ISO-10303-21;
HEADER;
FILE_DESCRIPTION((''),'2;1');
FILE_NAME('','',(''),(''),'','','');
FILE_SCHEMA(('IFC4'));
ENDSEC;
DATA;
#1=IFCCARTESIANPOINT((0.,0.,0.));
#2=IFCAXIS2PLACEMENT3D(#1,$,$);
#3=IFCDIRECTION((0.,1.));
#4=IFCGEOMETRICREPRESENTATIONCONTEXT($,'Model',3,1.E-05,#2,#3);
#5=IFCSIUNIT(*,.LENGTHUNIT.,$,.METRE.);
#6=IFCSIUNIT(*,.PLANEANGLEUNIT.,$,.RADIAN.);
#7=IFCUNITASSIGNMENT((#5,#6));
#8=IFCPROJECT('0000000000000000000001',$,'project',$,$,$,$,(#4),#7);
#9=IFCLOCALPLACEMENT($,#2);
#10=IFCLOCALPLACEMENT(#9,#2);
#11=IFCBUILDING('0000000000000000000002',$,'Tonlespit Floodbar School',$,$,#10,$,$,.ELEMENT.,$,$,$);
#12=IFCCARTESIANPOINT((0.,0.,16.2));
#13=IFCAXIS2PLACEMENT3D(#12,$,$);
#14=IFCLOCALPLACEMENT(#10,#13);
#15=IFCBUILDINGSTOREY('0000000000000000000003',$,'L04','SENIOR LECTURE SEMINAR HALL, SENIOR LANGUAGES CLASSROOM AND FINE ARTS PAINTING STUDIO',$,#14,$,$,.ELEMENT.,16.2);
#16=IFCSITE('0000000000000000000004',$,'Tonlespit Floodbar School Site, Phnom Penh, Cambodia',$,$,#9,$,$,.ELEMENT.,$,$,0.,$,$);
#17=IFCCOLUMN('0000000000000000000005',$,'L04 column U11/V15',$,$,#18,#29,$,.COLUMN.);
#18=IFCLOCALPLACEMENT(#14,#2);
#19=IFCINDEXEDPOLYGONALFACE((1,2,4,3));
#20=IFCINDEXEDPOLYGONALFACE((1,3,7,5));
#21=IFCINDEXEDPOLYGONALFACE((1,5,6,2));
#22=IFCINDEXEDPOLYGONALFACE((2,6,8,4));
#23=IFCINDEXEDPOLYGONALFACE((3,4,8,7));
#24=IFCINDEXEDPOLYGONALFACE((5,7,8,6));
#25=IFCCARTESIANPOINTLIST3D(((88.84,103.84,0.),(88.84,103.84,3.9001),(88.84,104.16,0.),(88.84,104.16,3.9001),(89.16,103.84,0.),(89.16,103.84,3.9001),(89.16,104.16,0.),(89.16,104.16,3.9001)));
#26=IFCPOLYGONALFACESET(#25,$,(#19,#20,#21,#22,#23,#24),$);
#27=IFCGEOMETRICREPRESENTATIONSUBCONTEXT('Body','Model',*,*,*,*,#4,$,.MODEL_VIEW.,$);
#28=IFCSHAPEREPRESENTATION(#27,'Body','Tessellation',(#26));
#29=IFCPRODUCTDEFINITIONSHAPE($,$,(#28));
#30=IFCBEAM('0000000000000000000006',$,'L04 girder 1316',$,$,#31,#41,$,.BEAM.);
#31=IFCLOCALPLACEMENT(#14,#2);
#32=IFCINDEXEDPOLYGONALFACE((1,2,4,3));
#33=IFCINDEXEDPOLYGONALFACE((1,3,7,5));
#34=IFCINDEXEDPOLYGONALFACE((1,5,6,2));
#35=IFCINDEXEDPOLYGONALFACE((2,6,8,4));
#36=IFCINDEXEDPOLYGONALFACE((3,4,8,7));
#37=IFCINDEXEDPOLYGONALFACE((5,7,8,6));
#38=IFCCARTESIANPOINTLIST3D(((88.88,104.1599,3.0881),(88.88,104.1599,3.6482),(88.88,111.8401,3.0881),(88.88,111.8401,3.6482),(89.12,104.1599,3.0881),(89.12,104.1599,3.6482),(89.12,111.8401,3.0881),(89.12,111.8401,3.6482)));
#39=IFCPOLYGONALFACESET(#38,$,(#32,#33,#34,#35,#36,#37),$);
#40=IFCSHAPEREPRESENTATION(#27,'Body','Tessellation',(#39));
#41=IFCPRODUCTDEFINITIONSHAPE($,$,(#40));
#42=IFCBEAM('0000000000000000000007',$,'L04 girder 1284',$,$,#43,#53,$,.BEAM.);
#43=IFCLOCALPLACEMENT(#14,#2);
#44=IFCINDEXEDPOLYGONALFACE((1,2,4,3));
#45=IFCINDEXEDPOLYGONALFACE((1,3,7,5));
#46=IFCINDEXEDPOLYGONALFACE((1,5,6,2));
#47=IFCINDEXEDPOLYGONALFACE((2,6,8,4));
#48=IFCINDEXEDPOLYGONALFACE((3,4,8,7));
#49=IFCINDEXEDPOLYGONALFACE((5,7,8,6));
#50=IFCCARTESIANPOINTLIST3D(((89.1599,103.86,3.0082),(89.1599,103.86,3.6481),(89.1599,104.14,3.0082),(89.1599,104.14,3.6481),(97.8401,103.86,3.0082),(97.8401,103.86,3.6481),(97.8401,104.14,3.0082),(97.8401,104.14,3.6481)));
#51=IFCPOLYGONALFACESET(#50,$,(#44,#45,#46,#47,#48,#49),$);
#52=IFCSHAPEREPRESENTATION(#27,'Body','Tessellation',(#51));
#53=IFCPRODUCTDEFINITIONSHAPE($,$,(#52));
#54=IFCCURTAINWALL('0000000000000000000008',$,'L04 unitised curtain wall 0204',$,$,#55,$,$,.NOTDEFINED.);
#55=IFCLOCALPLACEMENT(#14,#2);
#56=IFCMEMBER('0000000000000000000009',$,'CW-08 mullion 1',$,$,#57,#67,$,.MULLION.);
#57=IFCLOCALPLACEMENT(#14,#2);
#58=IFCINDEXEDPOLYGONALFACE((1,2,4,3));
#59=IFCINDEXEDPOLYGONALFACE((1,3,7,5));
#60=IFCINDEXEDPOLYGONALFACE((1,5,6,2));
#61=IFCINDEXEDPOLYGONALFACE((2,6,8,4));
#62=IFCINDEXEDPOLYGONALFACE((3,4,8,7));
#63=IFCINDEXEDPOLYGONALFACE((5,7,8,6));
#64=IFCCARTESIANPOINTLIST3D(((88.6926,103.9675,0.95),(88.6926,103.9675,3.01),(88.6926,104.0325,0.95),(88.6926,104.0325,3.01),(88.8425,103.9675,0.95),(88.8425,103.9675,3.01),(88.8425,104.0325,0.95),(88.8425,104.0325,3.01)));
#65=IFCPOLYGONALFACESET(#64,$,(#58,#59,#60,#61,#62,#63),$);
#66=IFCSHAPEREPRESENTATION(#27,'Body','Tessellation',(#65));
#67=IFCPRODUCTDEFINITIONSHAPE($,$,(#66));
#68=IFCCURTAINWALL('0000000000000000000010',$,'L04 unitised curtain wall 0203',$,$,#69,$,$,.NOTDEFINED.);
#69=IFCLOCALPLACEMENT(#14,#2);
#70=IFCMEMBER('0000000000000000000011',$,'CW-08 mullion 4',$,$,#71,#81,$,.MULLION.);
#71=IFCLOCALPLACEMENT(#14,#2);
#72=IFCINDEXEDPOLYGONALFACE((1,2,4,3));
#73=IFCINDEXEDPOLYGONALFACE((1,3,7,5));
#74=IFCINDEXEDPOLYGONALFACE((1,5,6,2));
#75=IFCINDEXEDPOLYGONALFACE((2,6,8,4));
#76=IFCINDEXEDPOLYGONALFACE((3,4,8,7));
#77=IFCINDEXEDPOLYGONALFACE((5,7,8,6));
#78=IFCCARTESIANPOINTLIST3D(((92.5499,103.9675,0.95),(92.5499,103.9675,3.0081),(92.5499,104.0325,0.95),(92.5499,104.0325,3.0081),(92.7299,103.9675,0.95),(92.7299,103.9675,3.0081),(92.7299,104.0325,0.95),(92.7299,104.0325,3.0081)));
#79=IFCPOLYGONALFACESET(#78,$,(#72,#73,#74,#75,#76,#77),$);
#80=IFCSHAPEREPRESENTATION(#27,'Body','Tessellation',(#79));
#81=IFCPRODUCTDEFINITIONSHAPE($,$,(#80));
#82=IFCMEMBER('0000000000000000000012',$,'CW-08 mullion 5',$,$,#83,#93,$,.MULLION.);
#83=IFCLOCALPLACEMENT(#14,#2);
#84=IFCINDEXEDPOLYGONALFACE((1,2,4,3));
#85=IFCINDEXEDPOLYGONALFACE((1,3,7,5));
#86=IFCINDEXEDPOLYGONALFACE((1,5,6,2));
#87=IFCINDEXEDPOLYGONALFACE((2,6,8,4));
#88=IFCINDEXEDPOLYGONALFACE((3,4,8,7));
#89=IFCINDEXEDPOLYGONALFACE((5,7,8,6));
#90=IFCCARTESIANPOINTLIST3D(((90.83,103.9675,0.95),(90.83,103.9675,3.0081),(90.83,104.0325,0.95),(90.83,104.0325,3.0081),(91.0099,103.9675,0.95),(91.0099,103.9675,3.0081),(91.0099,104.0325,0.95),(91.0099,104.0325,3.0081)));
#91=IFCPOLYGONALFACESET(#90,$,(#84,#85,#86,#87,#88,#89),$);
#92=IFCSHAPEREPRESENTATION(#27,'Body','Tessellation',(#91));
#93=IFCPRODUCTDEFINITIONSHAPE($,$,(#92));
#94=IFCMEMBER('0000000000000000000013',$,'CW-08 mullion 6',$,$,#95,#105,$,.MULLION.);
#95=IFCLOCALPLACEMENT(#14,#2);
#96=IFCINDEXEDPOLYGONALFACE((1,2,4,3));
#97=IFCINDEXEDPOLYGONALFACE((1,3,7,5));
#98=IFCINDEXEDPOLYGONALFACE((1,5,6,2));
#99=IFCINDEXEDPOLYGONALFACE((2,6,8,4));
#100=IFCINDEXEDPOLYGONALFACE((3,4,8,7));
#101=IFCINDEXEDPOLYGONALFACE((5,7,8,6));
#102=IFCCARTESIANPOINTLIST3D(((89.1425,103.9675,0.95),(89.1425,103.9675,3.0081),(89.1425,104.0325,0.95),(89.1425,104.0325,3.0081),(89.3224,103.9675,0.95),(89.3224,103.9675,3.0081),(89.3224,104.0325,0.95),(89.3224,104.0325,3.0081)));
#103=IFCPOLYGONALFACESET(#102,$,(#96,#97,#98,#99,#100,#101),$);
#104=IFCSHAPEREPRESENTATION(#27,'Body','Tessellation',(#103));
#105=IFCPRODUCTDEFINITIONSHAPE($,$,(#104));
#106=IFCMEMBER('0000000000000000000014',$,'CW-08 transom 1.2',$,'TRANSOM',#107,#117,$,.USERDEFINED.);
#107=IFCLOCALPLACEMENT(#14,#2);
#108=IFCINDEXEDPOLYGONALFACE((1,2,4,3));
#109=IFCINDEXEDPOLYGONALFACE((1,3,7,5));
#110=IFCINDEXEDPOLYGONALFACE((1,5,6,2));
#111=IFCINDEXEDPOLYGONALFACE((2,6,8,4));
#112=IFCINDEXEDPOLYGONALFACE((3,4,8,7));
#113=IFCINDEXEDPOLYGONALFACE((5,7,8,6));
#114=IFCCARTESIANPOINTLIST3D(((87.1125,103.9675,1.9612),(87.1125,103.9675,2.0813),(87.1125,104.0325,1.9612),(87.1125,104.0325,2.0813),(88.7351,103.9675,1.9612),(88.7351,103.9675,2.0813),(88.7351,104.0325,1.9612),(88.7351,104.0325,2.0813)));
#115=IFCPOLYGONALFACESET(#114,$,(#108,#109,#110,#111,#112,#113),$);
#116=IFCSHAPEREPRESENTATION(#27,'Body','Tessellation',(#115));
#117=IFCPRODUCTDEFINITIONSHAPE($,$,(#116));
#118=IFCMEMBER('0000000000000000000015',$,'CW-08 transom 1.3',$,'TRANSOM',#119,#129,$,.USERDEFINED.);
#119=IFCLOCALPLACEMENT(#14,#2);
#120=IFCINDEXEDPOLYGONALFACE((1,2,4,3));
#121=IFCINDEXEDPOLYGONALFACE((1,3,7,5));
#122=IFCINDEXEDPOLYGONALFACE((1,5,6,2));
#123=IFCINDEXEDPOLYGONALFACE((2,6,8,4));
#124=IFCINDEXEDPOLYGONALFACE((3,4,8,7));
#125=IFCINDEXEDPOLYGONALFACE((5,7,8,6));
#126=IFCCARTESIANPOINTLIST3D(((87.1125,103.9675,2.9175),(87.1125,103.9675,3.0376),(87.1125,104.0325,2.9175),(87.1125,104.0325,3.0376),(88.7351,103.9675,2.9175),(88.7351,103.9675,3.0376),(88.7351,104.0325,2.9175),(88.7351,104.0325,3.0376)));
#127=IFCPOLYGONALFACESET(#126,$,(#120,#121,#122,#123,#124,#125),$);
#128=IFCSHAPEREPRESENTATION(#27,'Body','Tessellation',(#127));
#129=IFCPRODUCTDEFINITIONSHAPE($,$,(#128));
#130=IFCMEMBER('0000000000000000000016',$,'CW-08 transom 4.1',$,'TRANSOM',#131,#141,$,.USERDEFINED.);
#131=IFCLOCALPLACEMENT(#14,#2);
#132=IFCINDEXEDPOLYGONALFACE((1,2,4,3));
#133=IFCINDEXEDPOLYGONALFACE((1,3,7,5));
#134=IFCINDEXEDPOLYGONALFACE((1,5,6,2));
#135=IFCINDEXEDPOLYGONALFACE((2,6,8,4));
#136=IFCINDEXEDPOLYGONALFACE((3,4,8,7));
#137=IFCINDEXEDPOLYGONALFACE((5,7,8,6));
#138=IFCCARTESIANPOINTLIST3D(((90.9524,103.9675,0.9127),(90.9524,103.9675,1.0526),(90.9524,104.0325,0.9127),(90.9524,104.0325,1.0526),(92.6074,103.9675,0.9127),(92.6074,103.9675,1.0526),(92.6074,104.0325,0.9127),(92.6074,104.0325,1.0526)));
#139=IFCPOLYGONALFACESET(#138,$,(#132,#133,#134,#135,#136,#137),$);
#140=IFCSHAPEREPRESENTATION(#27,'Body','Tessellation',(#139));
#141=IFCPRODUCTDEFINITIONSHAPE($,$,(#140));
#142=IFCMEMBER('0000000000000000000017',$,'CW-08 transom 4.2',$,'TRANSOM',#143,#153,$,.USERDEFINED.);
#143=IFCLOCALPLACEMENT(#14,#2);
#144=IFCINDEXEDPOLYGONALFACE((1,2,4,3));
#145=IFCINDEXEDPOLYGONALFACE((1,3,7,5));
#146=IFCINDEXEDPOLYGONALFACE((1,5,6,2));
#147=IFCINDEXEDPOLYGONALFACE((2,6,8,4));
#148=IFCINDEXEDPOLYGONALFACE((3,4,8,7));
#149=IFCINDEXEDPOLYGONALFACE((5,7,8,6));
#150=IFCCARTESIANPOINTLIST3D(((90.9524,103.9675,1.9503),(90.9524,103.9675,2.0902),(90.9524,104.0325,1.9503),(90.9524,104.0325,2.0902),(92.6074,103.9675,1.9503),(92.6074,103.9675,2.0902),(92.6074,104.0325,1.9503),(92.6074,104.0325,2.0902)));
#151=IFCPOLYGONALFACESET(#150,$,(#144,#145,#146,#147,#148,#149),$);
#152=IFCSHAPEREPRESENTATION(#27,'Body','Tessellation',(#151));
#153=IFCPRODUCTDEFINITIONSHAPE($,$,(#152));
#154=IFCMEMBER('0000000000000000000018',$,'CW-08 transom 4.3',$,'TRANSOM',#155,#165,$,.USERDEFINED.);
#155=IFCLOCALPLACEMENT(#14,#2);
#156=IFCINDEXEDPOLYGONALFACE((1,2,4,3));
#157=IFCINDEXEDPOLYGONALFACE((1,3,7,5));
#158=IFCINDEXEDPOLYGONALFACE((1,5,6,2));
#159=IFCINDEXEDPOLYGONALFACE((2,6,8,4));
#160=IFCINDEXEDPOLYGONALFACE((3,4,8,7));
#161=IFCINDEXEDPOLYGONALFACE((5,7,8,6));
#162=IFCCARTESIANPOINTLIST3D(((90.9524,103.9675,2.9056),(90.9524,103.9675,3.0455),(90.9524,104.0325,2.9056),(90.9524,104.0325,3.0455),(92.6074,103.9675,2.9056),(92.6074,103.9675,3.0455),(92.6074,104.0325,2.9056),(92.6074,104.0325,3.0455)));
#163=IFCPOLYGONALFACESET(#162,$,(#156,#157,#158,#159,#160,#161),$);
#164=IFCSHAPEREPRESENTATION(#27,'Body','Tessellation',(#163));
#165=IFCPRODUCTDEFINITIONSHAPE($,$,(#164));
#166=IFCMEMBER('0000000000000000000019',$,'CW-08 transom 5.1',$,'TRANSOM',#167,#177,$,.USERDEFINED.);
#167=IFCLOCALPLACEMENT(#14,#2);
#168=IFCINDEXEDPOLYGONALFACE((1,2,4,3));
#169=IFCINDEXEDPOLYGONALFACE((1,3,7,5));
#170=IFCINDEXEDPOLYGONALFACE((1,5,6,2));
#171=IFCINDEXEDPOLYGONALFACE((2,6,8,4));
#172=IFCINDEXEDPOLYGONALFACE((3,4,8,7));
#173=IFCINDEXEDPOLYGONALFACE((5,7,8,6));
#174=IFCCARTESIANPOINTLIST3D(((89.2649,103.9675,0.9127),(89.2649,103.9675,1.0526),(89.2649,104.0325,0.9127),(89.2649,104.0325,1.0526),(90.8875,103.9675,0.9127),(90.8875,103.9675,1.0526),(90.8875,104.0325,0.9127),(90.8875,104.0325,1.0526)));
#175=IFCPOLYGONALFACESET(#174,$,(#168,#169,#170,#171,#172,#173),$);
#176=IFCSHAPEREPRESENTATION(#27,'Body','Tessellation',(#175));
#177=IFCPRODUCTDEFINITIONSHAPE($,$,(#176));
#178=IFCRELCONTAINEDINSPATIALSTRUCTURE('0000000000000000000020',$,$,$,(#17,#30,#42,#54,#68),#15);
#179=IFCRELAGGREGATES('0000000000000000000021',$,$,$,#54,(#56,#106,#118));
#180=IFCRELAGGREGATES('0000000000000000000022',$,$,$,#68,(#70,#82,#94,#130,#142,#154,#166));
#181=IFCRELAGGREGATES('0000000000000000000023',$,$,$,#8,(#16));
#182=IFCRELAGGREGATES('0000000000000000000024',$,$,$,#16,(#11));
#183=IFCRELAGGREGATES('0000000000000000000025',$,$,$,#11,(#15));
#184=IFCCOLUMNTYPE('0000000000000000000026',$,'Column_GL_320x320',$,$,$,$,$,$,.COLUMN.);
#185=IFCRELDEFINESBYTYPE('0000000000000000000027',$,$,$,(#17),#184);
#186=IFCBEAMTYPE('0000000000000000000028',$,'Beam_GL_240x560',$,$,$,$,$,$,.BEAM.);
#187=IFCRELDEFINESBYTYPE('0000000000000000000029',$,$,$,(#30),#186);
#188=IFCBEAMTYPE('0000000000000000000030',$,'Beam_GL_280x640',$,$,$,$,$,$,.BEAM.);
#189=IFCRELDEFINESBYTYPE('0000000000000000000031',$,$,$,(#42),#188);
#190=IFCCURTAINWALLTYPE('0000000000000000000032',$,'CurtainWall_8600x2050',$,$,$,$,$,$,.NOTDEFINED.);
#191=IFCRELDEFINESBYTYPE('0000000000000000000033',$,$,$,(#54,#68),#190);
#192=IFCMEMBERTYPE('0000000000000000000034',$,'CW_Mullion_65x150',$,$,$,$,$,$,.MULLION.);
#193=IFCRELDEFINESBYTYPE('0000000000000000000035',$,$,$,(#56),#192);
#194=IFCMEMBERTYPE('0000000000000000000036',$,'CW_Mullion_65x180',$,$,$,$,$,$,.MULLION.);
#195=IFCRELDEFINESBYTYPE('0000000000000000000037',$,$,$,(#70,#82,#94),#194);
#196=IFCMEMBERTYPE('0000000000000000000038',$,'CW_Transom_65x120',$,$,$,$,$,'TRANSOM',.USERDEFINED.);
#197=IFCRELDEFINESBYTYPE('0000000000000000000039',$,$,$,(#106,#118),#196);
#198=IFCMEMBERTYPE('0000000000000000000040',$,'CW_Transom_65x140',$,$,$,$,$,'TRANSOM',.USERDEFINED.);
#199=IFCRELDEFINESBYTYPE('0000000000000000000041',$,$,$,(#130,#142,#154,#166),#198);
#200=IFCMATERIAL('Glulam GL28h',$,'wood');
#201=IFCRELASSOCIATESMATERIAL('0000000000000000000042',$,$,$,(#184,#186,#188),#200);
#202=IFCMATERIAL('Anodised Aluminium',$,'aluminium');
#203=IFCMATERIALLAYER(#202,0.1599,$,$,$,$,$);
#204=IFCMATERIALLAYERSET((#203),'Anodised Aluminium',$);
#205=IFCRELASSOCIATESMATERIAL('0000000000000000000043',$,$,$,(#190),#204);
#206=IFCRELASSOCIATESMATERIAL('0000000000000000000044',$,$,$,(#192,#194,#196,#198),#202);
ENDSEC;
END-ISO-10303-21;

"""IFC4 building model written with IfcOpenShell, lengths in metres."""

from ifc_helpers import new_model, si_unit, direction, frame, origin, origin_2d, place, context, subcontext, project, spatial, rectangle, extrude, material, layer, layer_set, material_profile, profile_set, type_object, element, aggregate, save


model = new_model("IFC4")

# Units and contexts
model_context = context("Model", 3, precision=1e-05, world=origin(), true_north=direction((0.0, 1.0)))
body_context = subcontext(model_context, "Body", "Model", "MODEL_VIEW")
ifc_project = project(units=[si_unit("LENGTHUNIT", "METRE"), si_unit("PLANEANGLEUNIT", "RADIAN")], contexts=[model_context])

# Site, building, storey
site_placement = place(None, origin())
site = spatial("IfcSite", under=ifc_project, at=site_placement, Name="Tonlespit Floodbar School Site, Phnom Penh, Cambodia", CompositionType="ELEMENT", RefElevation=0.0)
building_placement = place(site_placement, origin())
building = spatial("IfcBuilding", under=site, at=building_placement, Name="Tonlespit Floodbar School", CompositionType="ELEMENT")
storey_placement = place(building_placement, frame((0.0, 0.0, 16.2)))
storey = spatial("IfcBuildingStorey", under=building, at=storey_placement, Name="L04", Description="SENIOR LECTURE SEMINAR HALL, SENIOR LANGUAGES CLASSROOM AND FINE ARTS PAINTING STUDIO", CompositionType="ELEMENT", Elevation=16.2)

# Column
ifc_material_1 = material(Name="Glulam GL28h", Category="wood")
ifc_material_profile_1 = material_profile(ifc_material_1, rectangle(XDim=0.3201, YDim=0.3201, at=origin_2d()), Name="GL 320x320")
ifc_profile_set_1 = profile_set([ifc_material_profile_1], Name="Glulam GL28h")
column_type = type_object("IfcColumnType", Name="Column_GL_320x320", PredefinedType="COLUMN", material=ifc_profile_set_1)
column_placement = place(storey_placement, frame((89.0, 104.0, 0.0), z_axis=(0.0, 0.0, 1.0), x_axis=(1.0, 0.0, 0.0)))
element("IfcColumn", 1, at=column_placement, inside=storey, type_object=column_type, Name="L04 column U11/V15", PredefinedType="COLUMN", context=body_context, shape_type="SweptSolid", body=[
    extrude(rectangle(XDim=0.3201, YDim=0.3201, at=origin_2d()), origin(), (0.0, 0.0, 1.0), 3.9001),
])

# Beams
ifc_material_profile_2 = material_profile(ifc_material_1, rectangle(XDim=0.24, YDim=0.5601, at=origin_2d()), Name="GL 240x560")
ifc_profile_set_2 = profile_set([ifc_material_profile_2], Name="Glulam GL28h")
beam_type_1 = type_object("IfcBeamType", Name="Beam_GL_240x560", PredefinedType="BEAM", material=ifc_profile_set_2)
beam_1_placement = place(storey_placement, frame((89.0, 104.1599, 3.3682), z_axis=(0.0, 1.0, 0.0), x_axis=(-1.0, 0.0, 0.0)))
element("IfcBeam", 2, at=beam_1_placement, inside=storey, type_object=beam_type_1, Name="L04 girder 1316", PredefinedType="BEAM", context=body_context, shape_type="SweptSolid", body=[
    extrude(rectangle(XDim=0.24, YDim=0.5601, at=origin_2d()), origin(), (0.0, 0.0, 1.0), 7.6802),
])
ifc_material_profile_3 = material_profile(ifc_material_1, rectangle(XDim=0.28, YDim=0.6399, at=origin_2d()), Name="GL 280x640")
ifc_profile_set_3 = profile_set([ifc_material_profile_3], Name="Glulam GL28h")
beam_type_2 = type_object("IfcBeamType", Name="Beam_GL_280x640", PredefinedType="BEAM", material=ifc_profile_set_3)
beam_2_placement = place(storey_placement, frame((89.1599, 104.0, 3.3281), z_axis=(1.0, 0.0, 0.0), x_axis=(0.0, 1.0, 0.0)))
element("IfcBeam", 3, at=beam_2_placement, inside=storey, type_object=beam_type_2, Name="L04 girder 1284", PredefinedType="BEAM", context=body_context, shape_type="SweptSolid", body=[
    extrude(rectangle(XDim=0.28, YDim=0.6399, at=origin_2d()), origin(), (0.0, 0.0, 1.0), 8.6802),
])

# Curtain wall, member
ifc_material_2 = material(Name="Anodised Aluminium", Category="aluminium")
ifc_layer_1 = layer(ifc_material_2, 0.1599)
ifc_layer_set_1 = layer_set([ifc_layer_1], Name="Anodised Aluminium")
curtain_wall_type = type_object("IfcCurtainWallType", Name="CurtainWall_8600x2050", PredefinedType="NOTDEFINED", material=ifc_layer_set_1)
curtain_wall_1_placement = place(storey_placement, origin())
curtain_wall_1 = element("IfcCurtainWall", 4, at=curtain_wall_1_placement, inside=storey, type_object=curtain_wall_type, Name="L04 unitised curtain wall 0204", PredefinedType="NOTDEFINED")
ifc_material_profile_4 = material_profile(ifc_material_2, rectangle(XDim=0.0649, YDim=0.1499, at=origin_2d()), Name="ALU M65x150")
ifc_profile_set_4 = profile_set([ifc_material_profile_4], Name="Anodised Aluminium")
member_type_1 = type_object("IfcMemberType", Name="CW_Mullion_65x150", PredefinedType="MULLION", material=ifc_profile_set_4)
member_1_placement = place(storey_placement, frame((88.7676, 104.0, 0.95), z_axis=(0.0, 0.0, 1.0), x_axis=(0.0, -1.0, 0.0)))
member_1 = element("IfcMember", 5, at=member_1_placement, type_object=member_type_1, Name="CW-08 mullion 1", PredefinedType="MULLION", context=body_context, shape_type="SweptSolid", body=[
    extrude(rectangle(XDim=0.0649, YDim=0.1499, at=origin_2d()), origin(), (0.0, 0.0, 1.0), 2.0601),
])

# Curtain wall, members
curtain_wall_2_placement = place(storey_placement, origin())
curtain_wall_2 = element("IfcCurtainWall", 6, at=curtain_wall_2_placement, inside=storey, type_object=curtain_wall_type, Name="L04 unitised curtain wall 0203", PredefinedType="NOTDEFINED")
ifc_material_profile_5 = material_profile(ifc_material_2, rectangle(XDim=0.0649, YDim=0.1799, at=origin_2d()), Name="ALU M65x180")
ifc_profile_set_5 = profile_set([ifc_material_profile_5], Name="Anodised Aluminium")
member_type_2 = type_object("IfcMemberType", Name="CW_Mullion_65x180", PredefinedType="MULLION", material=ifc_profile_set_5)
member_2_placement = place(storey_placement, frame((92.6399, 104.0, 0.95), z_axis=(0.0, 0.0, 1.0), x_axis=(0.0, -1.0, 0.0)))
member_2 = element("IfcMember", 7, at=member_2_placement, type_object=member_type_2, Name="CW-08 mullion 4", PredefinedType="MULLION", context=body_context, shape_type="SweptSolid", body=[
    extrude(rectangle(XDim=0.0649, YDim=0.1799, at=origin_2d()), origin(), (0.0, 0.0, 1.0), 2.0581),
])
member_3_placement = place(storey_placement, frame((90.9199, 104.0, 0.95), z_axis=(0.0, 0.0, 1.0), x_axis=(0.0, -1.0, 0.0)))
member_3 = element("IfcMember", 8, at=member_3_placement, type_object=member_type_2, Name="CW-08 mullion 5", PredefinedType="MULLION", context=body_context, shape_type="SweptSolid", body=[
    extrude(rectangle(XDim=0.0649, YDim=0.1799, at=origin_2d()), origin(), (0.0, 0.0, 1.0), 2.0581),
])
member_4_placement = place(storey_placement, frame((89.2324, 104.0, 0.95), z_axis=(0.0, 0.0, 1.0), x_axis=(0.0, -1.0, 0.0)))
member_4 = element("IfcMember", 9, at=member_4_placement, type_object=member_type_2, Name="CW-08 mullion 6", PredefinedType="MULLION", context=body_context, shape_type="SweptSolid", body=[
    extrude(rectangle(XDim=0.0649, YDim=0.1799, at=origin_2d()), origin(), (0.0, 0.0, 1.0), 2.0581),
])

# Members
ifc_material_profile_6 = material_profile(ifc_material_2, rectangle(XDim=0.0649, YDim=0.1201, at=origin_2d()), Name="ALU T65x120")
ifc_profile_set_6 = profile_set([ifc_material_profile_6], Name="Anodised Aluminium")
member_type_3 = type_object("IfcMemberType", Name="CW_Transom_65x120", ElementType="TRANSOM", PredefinedType="USERDEFINED", material=ifc_profile_set_6)
member_5_placement = place(storey_placement, frame((88.7351, 104.0, 2.0212), z_axis=(-1.0, 0.0, 0.0), x_axis=(0.0, -1.0, 0.0)))
member_5 = element("IfcMember", 10, at=member_5_placement, type_object=member_type_3, Name="CW-08 transom 1.2", ObjectType="TRANSOM", PredefinedType="USERDEFINED", context=body_context, shape_type="SweptSolid", body=[
    extrude(rectangle(XDim=0.0649, YDim=0.1201, at=origin_2d()), origin(), (0.0, 0.0, 1.0), 1.6226),
])
member_6_placement = place(storey_placement, frame((88.7351, 104.0, 2.9775), z_axis=(-1.0, 0.0, 0.0), x_axis=(0.0, -1.0, 0.0)))
member_6 = element("IfcMember", 11, at=member_6_placement, type_object=member_type_3, Name="CW-08 transom 1.3", ObjectType="TRANSOM", PredefinedType="USERDEFINED", context=body_context, shape_type="SweptSolid", body=[
    extrude(rectangle(XDim=0.0649, YDim=0.1201, at=origin_2d()), origin(), (0.0, 0.0, 1.0), 1.6226),
])
aggregate(curtain_wall_1, [member_1, member_5, member_6])
ifc_material_profile_7 = material_profile(ifc_material_2, rectangle(XDim=0.0649, YDim=0.1399, at=origin_2d()), Name="ALU T65x140")
ifc_profile_set_7 = profile_set([ifc_material_profile_7], Name="Anodised Aluminium")
member_type_4 = type_object("IfcMemberType", Name="CW_Transom_65x140", ElementType="TRANSOM", PredefinedType="USERDEFINED", material=ifc_profile_set_7)
member_7_placement = place(storey_placement, frame((92.6074, 104.0, 0.9827), z_axis=(-1.0, 0.0, 0.0), x_axis=(0.0, -1.0, 0.0)))
member_7 = element("IfcMember", 12, at=member_7_placement, type_object=member_type_4, Name="CW-08 transom 4.1", ObjectType="TRANSOM", PredefinedType="USERDEFINED", context=body_context, shape_type="SweptSolid", body=[
    extrude(rectangle(XDim=0.0649, YDim=0.1399, at=origin_2d()), origin(), (0.0, 0.0, 1.0), 1.655),
])
member_8_placement = place(storey_placement, frame((92.6074, 104.0, 2.0203), z_axis=(-1.0, 0.0, 0.0), x_axis=(0.0, -1.0, 0.0)))
member_8 = element("IfcMember", 13, at=member_8_placement, type_object=member_type_4, Name="CW-08 transom 4.2", ObjectType="TRANSOM", PredefinedType="USERDEFINED", context=body_context, shape_type="SweptSolid", body=[
    extrude(rectangle(XDim=0.0649, YDim=0.1399, at=origin_2d()), origin(), (0.0, 0.0, 1.0), 1.655),
])
member_9_placement = place(storey_placement, frame((92.6074, 104.0, 2.9756), z_axis=(-1.0, 0.0, 0.0), x_axis=(0.0, -1.0, 0.0)))
member_9 = element("IfcMember", 14, at=member_9_placement, type_object=member_type_4, Name="CW-08 transom 4.3", ObjectType="TRANSOM", PredefinedType="USERDEFINED", context=body_context, shape_type="SweptSolid", body=[
    extrude(rectangle(XDim=0.0649, YDim=0.1399, at=origin_2d()), origin(), (0.0, 0.0, 1.0), 1.655),
])
member_10_placement = place(storey_placement, frame((90.8875, 104.0, 0.9827), z_axis=(-1.0, 0.0, 0.0), x_axis=(0.0, -1.0, 0.0)))
member_10 = element("IfcMember", 15, at=member_10_placement, type_object=member_type_4, Name="CW-08 transom 5.1", ObjectType="TRANSOM", PredefinedType="USERDEFINED", context=body_context, shape_type="SweptSolid", body=[
    extrude(rectangle(XDim=0.0649, YDim=0.1399, at=origin_2d()), origin(), (0.0, 0.0, 1.0), 1.6226),
])

aggregate(curtain_wall_2, [member_2, member_3, member_4, member_7, member_8, member_9, member_10])

save(model, "model.ifc")
